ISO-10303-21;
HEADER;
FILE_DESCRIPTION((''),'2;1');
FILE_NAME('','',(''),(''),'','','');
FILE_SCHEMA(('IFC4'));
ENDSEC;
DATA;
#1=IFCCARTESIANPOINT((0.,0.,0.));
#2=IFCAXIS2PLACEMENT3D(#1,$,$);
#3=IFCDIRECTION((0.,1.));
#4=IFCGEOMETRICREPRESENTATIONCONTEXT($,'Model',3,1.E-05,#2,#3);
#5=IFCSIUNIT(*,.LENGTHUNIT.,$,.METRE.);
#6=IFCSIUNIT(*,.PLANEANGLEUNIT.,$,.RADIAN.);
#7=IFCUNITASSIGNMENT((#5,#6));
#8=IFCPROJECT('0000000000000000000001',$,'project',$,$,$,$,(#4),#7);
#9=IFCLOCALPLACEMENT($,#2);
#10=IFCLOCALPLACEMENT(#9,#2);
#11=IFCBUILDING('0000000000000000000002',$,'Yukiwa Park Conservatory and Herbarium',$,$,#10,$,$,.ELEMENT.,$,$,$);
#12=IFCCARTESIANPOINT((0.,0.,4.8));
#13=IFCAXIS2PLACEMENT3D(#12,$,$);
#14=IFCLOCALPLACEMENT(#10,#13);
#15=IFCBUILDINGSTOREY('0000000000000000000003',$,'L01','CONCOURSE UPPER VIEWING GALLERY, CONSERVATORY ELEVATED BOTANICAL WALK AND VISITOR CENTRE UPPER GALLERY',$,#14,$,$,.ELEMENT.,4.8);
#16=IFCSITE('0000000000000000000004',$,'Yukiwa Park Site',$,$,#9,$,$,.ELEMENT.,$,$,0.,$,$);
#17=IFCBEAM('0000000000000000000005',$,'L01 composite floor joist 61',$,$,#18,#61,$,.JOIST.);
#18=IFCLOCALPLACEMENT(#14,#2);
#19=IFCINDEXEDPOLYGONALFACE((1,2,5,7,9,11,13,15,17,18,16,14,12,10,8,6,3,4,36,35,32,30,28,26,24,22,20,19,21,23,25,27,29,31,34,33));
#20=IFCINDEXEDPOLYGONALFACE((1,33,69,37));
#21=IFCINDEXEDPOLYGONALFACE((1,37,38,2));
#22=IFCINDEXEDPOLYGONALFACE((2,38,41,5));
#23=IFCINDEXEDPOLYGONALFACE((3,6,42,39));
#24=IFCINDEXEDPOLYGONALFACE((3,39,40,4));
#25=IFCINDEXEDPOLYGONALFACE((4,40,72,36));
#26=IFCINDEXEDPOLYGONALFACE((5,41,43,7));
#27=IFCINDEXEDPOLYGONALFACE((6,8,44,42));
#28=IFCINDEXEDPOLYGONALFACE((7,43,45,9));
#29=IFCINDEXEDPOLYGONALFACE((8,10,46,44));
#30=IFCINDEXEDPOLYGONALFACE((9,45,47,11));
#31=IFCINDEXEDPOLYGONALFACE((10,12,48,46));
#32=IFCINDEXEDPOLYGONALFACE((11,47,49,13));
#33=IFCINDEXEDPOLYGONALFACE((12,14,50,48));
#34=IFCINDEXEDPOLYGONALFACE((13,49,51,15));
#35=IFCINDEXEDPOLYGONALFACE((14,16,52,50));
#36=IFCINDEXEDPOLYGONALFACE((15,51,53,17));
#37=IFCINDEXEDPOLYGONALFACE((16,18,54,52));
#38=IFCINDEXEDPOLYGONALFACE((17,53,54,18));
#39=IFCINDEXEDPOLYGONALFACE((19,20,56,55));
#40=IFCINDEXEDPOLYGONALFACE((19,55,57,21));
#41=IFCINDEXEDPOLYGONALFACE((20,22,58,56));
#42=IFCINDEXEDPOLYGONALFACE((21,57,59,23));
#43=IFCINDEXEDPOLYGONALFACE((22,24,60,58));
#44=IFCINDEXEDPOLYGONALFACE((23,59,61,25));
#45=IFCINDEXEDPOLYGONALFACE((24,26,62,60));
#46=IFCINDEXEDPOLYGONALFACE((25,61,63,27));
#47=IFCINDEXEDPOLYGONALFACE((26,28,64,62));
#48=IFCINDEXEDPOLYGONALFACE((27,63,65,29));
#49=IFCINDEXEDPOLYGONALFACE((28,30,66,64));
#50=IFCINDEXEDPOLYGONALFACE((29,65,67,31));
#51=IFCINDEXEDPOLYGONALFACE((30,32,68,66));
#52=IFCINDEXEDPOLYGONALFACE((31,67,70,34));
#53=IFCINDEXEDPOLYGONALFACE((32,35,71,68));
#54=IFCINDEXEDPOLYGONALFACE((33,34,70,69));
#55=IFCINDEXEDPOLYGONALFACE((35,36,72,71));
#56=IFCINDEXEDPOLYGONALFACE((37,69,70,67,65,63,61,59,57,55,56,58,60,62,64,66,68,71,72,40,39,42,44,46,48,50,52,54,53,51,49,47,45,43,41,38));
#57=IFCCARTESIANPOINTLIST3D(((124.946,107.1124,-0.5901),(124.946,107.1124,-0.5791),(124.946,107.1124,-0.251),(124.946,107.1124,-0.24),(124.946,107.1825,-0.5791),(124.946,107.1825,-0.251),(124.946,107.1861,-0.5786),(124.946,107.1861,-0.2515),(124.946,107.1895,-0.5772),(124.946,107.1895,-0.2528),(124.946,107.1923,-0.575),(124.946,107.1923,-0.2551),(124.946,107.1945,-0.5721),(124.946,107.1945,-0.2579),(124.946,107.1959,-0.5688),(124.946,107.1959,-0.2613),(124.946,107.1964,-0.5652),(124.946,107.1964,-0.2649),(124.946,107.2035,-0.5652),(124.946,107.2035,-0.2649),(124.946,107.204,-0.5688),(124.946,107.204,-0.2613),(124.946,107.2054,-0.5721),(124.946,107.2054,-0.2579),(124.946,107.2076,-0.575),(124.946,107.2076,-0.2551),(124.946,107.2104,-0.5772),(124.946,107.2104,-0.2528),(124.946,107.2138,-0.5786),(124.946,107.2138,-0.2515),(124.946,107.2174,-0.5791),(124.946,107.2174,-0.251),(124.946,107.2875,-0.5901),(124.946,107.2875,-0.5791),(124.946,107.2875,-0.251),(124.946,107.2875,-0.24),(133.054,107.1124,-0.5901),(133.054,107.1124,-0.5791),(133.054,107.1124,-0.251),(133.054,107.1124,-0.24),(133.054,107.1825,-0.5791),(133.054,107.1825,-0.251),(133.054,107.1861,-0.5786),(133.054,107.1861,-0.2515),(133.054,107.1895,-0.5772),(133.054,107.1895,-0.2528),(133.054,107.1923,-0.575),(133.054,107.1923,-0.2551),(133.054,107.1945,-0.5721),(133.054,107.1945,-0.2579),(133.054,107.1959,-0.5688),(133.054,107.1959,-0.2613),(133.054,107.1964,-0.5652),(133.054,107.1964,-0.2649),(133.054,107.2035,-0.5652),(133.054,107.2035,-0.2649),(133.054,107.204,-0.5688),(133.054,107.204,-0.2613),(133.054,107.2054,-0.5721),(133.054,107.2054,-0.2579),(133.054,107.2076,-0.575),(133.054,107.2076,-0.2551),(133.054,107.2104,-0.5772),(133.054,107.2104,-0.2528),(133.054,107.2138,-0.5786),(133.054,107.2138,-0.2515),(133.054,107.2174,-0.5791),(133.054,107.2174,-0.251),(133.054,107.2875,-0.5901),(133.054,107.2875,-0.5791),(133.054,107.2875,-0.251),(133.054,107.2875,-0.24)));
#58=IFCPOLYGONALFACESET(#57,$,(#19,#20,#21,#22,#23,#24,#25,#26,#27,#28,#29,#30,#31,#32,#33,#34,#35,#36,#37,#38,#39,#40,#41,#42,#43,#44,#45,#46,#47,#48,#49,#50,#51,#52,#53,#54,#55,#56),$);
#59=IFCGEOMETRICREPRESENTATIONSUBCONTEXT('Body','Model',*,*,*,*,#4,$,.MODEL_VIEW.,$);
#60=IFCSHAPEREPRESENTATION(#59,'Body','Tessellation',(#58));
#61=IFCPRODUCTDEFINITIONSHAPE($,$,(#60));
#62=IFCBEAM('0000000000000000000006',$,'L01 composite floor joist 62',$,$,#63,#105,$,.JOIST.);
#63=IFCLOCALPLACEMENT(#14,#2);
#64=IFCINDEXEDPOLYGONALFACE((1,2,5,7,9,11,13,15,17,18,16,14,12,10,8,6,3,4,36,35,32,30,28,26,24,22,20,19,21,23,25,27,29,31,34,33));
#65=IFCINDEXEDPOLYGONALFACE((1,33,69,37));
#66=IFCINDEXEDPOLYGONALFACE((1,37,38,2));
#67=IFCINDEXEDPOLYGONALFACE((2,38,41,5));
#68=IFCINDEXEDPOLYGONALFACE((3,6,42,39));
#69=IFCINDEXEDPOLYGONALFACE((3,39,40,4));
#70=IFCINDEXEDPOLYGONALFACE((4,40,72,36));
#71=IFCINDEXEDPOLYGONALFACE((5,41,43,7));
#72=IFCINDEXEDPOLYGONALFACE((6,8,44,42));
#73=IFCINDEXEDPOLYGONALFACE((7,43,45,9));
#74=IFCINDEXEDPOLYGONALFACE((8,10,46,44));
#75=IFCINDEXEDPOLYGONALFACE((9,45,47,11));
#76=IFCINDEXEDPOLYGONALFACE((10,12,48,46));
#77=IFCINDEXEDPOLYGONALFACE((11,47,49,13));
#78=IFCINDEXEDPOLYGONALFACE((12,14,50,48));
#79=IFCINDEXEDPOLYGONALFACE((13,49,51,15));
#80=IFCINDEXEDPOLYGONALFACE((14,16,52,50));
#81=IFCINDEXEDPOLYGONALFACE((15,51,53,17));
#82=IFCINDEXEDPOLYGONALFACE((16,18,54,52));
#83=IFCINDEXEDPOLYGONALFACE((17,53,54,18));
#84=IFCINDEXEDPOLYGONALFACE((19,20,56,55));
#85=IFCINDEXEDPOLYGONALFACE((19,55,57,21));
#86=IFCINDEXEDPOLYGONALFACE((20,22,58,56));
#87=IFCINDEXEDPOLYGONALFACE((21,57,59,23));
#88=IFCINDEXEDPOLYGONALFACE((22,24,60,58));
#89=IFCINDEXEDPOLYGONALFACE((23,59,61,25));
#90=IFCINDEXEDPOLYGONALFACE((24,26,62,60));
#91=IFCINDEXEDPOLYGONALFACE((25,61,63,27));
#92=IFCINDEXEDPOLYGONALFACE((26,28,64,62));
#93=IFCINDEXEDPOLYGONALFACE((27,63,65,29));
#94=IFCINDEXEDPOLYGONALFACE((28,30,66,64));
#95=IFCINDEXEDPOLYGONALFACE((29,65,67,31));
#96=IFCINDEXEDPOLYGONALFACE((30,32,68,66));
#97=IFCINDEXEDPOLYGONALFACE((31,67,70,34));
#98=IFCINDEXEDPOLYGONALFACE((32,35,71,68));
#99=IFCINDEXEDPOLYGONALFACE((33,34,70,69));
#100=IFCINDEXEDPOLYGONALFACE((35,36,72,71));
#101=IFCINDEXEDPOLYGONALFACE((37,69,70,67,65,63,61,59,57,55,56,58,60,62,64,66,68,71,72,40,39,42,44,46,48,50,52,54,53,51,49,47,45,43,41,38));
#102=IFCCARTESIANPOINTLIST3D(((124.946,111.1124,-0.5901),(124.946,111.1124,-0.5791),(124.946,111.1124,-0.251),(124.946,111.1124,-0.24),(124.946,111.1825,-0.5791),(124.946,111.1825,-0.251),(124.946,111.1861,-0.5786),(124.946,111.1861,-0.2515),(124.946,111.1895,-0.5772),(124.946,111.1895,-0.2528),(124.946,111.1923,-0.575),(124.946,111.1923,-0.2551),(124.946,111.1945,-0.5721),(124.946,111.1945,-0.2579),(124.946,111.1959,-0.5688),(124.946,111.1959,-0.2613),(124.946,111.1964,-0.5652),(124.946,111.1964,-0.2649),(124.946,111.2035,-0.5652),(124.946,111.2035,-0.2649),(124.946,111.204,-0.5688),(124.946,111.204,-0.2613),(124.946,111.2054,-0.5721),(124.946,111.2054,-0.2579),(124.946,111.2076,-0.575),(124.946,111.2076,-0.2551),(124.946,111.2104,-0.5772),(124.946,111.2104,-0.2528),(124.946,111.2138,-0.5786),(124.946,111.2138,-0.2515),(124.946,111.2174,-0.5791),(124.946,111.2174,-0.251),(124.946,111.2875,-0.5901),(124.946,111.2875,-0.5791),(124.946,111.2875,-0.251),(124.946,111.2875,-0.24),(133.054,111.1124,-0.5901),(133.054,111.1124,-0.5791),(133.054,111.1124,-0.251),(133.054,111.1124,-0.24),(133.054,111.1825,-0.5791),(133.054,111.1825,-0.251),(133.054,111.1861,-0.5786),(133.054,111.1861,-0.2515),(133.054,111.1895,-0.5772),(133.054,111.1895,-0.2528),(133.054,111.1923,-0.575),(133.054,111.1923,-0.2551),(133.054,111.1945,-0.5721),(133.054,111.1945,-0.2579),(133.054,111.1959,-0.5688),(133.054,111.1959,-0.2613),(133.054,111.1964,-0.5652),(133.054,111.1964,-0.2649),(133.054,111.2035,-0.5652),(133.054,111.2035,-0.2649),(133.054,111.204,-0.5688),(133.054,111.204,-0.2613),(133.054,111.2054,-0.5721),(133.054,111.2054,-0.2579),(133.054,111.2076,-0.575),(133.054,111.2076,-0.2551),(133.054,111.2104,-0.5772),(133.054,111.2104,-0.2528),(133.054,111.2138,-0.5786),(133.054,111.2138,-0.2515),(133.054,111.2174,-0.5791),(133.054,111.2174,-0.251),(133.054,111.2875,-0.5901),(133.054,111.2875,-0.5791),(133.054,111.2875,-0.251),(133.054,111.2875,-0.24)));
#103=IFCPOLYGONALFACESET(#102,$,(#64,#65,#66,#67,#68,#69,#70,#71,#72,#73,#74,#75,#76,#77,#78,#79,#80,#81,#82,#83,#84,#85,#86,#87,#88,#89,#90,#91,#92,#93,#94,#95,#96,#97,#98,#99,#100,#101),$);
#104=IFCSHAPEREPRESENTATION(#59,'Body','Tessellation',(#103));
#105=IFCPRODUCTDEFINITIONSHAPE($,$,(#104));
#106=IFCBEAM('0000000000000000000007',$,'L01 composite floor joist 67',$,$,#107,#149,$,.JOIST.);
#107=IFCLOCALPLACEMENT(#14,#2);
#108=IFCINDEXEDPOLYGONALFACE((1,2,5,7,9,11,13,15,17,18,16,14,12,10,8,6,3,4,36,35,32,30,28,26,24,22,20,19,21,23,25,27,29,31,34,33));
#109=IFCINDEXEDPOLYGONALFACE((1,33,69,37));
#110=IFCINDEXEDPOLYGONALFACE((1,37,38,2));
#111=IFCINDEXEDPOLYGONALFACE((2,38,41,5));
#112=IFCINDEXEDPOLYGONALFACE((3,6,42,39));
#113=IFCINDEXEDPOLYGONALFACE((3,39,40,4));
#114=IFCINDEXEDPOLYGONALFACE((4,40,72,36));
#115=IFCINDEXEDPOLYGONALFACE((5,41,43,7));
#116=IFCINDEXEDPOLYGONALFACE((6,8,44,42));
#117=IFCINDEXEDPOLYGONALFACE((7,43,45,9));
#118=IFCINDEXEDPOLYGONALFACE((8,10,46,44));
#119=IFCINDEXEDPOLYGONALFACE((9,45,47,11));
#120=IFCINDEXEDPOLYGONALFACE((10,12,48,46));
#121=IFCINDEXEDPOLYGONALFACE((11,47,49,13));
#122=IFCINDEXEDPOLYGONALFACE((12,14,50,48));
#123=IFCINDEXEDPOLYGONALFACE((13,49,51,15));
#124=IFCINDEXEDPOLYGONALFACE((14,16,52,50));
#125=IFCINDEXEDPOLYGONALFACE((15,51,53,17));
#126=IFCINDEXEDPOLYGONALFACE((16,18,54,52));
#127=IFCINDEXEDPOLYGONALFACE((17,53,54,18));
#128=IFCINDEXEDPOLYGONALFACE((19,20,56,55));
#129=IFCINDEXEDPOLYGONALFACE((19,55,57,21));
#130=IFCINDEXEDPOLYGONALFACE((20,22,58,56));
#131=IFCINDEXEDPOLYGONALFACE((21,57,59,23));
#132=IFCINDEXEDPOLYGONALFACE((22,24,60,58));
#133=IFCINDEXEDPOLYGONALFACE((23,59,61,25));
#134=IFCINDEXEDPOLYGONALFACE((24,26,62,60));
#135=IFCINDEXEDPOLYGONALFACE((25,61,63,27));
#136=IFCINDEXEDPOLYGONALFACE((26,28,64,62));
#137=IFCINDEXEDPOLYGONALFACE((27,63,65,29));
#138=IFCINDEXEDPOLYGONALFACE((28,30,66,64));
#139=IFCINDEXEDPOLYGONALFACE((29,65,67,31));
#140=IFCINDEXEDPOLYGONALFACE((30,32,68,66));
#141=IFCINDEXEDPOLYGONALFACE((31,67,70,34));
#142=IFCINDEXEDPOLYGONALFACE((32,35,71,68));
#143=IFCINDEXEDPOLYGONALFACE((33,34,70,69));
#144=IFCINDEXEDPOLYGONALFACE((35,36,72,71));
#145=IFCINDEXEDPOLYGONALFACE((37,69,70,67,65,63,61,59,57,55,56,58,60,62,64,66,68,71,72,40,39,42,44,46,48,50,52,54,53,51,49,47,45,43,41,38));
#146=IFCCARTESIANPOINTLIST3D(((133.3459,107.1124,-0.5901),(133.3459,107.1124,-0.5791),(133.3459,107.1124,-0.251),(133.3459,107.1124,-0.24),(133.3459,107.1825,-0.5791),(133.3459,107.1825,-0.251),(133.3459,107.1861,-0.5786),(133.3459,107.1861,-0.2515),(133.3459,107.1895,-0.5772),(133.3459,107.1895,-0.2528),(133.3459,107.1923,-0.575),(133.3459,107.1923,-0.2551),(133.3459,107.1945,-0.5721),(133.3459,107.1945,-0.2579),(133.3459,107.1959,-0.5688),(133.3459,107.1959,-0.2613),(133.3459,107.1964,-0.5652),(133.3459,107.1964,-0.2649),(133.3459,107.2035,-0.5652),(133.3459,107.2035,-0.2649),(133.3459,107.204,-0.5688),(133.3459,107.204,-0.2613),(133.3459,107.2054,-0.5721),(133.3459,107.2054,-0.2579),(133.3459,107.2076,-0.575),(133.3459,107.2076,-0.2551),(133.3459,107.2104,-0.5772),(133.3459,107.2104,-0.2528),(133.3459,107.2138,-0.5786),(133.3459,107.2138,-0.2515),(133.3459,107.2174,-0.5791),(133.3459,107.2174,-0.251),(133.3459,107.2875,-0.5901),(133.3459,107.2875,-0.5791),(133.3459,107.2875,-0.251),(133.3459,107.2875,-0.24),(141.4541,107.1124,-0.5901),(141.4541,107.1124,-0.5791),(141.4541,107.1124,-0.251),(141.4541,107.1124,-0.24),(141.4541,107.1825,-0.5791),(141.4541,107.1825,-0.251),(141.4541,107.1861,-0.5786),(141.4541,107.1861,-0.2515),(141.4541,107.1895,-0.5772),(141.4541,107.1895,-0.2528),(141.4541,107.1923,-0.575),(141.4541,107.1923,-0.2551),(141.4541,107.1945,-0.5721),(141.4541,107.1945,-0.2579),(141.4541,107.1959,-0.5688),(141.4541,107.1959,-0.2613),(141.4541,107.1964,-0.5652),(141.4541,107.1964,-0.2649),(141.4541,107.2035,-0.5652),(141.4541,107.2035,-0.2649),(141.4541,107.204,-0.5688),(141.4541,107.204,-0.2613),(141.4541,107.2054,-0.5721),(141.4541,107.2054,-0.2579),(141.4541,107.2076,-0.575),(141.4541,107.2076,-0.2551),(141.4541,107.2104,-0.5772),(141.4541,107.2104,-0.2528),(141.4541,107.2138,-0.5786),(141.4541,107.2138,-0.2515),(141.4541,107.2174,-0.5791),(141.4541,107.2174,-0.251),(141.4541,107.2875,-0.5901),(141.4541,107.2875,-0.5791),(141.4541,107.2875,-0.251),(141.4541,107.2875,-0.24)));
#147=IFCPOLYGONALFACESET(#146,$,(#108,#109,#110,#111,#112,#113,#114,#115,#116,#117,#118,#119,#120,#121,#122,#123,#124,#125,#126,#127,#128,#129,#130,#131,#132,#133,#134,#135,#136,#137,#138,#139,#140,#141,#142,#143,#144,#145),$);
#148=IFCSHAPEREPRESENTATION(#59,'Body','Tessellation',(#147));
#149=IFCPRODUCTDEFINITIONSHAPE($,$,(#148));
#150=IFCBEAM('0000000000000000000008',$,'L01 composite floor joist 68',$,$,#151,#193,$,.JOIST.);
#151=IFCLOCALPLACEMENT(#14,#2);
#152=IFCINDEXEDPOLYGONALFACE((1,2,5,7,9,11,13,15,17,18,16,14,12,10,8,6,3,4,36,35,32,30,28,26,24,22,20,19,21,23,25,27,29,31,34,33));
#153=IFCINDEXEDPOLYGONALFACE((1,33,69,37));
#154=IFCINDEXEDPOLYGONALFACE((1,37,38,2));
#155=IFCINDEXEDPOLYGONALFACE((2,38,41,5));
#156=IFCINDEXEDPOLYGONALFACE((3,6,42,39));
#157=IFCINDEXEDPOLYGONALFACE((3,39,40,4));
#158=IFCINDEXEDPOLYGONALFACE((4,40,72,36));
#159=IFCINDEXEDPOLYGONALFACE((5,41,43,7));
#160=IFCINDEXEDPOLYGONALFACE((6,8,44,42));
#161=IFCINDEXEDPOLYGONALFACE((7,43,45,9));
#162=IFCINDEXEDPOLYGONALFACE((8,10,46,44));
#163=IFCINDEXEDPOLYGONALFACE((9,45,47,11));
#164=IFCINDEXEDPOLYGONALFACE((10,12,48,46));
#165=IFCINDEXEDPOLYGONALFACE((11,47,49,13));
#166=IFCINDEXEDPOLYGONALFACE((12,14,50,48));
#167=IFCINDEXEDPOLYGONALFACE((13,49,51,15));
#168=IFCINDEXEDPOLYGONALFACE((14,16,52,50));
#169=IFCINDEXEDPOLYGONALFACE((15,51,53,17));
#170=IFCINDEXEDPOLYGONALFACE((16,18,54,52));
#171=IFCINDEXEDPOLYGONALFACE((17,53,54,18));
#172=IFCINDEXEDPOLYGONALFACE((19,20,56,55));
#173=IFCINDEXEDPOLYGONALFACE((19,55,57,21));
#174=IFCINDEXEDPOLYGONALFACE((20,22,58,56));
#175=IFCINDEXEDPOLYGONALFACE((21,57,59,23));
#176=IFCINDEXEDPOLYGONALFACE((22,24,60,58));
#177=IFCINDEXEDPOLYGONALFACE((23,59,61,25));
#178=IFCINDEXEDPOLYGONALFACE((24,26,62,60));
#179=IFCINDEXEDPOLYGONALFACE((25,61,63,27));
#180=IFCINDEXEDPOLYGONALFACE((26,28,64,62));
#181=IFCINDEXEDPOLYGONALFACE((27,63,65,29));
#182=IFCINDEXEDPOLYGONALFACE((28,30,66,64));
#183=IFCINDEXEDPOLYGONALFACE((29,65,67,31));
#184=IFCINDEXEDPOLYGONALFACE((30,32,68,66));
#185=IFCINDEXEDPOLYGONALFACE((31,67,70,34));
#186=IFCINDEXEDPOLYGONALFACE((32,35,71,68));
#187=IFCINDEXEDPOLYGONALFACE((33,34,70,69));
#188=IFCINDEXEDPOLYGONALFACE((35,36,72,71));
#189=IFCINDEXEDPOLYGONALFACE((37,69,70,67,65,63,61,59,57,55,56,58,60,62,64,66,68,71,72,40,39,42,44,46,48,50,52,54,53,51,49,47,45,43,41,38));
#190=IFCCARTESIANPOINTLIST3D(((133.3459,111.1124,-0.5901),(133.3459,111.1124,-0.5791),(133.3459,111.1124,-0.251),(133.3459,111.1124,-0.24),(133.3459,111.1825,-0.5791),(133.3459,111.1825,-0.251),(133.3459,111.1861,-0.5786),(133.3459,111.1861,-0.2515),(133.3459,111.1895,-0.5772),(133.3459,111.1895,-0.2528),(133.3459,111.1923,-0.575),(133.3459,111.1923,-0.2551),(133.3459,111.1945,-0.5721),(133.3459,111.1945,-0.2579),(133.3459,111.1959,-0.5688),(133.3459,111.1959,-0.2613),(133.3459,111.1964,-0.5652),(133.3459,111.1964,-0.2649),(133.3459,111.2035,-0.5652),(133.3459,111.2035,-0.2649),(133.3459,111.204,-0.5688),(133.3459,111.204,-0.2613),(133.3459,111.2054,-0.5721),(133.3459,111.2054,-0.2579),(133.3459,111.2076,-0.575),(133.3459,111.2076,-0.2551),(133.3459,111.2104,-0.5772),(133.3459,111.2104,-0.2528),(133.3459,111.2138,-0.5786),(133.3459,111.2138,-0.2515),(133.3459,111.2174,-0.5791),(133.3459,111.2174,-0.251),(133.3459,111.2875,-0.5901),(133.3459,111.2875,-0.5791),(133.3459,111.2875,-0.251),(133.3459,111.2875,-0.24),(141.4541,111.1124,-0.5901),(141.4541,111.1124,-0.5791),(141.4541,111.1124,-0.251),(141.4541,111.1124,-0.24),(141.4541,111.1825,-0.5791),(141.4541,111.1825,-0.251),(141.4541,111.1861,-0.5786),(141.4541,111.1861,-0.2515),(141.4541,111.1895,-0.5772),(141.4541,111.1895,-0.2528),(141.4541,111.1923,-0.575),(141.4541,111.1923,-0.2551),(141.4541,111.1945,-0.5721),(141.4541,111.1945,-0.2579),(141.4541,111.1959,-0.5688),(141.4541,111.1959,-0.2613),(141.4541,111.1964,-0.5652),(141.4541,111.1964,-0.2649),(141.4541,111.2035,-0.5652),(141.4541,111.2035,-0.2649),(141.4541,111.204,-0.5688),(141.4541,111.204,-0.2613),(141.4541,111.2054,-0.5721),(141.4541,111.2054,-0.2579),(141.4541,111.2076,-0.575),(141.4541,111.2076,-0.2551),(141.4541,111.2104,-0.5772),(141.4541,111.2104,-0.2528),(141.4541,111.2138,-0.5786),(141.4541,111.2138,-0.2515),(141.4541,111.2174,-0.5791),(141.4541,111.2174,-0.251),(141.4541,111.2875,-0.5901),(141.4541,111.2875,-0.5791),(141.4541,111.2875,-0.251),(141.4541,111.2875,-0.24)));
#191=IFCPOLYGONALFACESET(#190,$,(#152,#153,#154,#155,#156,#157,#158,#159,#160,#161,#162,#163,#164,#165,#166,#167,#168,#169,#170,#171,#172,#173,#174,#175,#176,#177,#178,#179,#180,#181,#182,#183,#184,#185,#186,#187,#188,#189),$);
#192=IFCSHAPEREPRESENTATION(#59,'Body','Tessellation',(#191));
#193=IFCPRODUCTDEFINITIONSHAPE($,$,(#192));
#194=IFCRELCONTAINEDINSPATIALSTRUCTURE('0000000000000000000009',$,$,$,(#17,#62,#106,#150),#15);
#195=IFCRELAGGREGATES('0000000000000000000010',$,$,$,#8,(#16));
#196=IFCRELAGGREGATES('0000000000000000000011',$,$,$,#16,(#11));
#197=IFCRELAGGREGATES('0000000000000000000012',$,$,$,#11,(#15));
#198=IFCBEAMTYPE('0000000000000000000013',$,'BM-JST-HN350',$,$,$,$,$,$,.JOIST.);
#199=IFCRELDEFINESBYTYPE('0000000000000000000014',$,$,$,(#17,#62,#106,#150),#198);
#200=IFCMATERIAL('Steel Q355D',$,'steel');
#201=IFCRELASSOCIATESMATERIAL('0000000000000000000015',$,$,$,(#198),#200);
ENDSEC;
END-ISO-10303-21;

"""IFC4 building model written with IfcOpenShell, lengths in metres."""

from ifc_helpers import new_model, si_unit, direction, frame, origin, origin_2d, place, context, subcontext, project, spatial, i_section, extrude, material, material_profile, profile_set, type_object, element, save


model = new_model("IFC4")

# Units and contexts
model_context = context("Model", 3, precision=1e-05, world=origin(), true_north=direction((0.0, 1.0)))
body_context = subcontext(model_context, "Body", "Model", "MODEL_VIEW")
ifc_project = project(units=[si_unit("LENGTHUNIT", "METRE"), si_unit("PLANEANGLEUNIT", "RADIAN")], contexts=[model_context])

# Site, building, storey
site_placement = place(None, origin())
site = spatial("IfcSite", under=ifc_project, at=site_placement, Name="Yukiwa Park Site", CompositionType="ELEMENT", RefElevation=0.0)
building_placement = place(site_placement, origin())
building = spatial("IfcBuilding", under=site, at=building_placement, Name="Yukiwa Park Conservatory and Herbarium", CompositionType="ELEMENT")
storey_placement = place(building_placement, frame((0.0, 0.0, 4.8)))
storey = spatial("IfcBuildingStorey", under=building, at=storey_placement, Name="L01", Description="CONCOURSE UPPER VIEWING GALLERY, CONSERVATORY ELEVATED BOTANICAL WALK AND VISITOR CENTRE UPPER GALLERY", CompositionType="ELEMENT", Elevation=4.8)

# Beams
ifc_material_1 = material(Name="Steel Q355D", Category="steel")
ifc_material_profile_1 = material_profile(ifc_material_1, i_section(OverallWidth=0.175, OverallDepth=0.3501, WebThickness=0.0071, FlangeThickness=0.011, FilletRadius=0.0139, at=origin_2d()), Name="HN 350x175x7x11")
ifc_profile_set_1 = profile_set([ifc_material_profile_1], Name="Steel Q355D")
beam_type_1 = type_object("IfcBeamType", Name="BM-JST-HN350", PredefinedType="JOIST", material=ifc_profile_set_1)
for number, where, z_axis, x_axis, name in (
    (1, (124.946, 107.2, -0.415), (1.0, 0.0, 0.0), (0.0, 1.0, 0.0), "L01 composite floor joist 61"),
    (2, (124.946, 111.2, -0.415), (1.0, 0.0, 0.0), (0.0, 1.0, 0.0), "L01 composite floor joist 62"),
):
    element("IfcBeam", number, at=place(storey_placement, frame(where, z_axis=z_axis, x_axis=x_axis)), inside=storey, type_object=beam_type_1, Name=name, PredefinedType="JOIST", context=body_context, shape_type="SweptSolid", body=[
        extrude(i_section(OverallWidth=0.175, OverallDepth=0.3501, WebThickness=0.0071, FlangeThickness=0.011, FilletRadius=0.0139, at=origin_2d()), origin(), (0.0, 0.0, 1.0), 8.1079),
    ])
for number, where, z_axis, x_axis, name in (
    (3, (133.3459, 107.2, -0.415), (1.0, 0.0, 0.0), (0.0, 1.0, 0.0), "L01 composite floor joist 67"),
    (4, (133.3459, 111.2, -0.415), (1.0, 0.0, 0.0), (0.0, 1.0, 0.0), "L01 composite floor joist 68"),
):
    element("IfcBeam", number, at=place(storey_placement, frame(where, z_axis=z_axis, x_axis=x_axis)), inside=storey, type_object=beam_type_1, Name=name, PredefinedType="JOIST", context=body_context, shape_type="SweptSolid", body=[
        extrude(i_section(OverallWidth=0.175, OverallDepth=0.3501, WebThickness=0.0071, FlangeThickness=0.011, FilletRadius=0.0139, at=origin_2d()), origin(), (0.0, 0.0, 1.0), 8.1082),
    ])

save(model, "model.ifc")
